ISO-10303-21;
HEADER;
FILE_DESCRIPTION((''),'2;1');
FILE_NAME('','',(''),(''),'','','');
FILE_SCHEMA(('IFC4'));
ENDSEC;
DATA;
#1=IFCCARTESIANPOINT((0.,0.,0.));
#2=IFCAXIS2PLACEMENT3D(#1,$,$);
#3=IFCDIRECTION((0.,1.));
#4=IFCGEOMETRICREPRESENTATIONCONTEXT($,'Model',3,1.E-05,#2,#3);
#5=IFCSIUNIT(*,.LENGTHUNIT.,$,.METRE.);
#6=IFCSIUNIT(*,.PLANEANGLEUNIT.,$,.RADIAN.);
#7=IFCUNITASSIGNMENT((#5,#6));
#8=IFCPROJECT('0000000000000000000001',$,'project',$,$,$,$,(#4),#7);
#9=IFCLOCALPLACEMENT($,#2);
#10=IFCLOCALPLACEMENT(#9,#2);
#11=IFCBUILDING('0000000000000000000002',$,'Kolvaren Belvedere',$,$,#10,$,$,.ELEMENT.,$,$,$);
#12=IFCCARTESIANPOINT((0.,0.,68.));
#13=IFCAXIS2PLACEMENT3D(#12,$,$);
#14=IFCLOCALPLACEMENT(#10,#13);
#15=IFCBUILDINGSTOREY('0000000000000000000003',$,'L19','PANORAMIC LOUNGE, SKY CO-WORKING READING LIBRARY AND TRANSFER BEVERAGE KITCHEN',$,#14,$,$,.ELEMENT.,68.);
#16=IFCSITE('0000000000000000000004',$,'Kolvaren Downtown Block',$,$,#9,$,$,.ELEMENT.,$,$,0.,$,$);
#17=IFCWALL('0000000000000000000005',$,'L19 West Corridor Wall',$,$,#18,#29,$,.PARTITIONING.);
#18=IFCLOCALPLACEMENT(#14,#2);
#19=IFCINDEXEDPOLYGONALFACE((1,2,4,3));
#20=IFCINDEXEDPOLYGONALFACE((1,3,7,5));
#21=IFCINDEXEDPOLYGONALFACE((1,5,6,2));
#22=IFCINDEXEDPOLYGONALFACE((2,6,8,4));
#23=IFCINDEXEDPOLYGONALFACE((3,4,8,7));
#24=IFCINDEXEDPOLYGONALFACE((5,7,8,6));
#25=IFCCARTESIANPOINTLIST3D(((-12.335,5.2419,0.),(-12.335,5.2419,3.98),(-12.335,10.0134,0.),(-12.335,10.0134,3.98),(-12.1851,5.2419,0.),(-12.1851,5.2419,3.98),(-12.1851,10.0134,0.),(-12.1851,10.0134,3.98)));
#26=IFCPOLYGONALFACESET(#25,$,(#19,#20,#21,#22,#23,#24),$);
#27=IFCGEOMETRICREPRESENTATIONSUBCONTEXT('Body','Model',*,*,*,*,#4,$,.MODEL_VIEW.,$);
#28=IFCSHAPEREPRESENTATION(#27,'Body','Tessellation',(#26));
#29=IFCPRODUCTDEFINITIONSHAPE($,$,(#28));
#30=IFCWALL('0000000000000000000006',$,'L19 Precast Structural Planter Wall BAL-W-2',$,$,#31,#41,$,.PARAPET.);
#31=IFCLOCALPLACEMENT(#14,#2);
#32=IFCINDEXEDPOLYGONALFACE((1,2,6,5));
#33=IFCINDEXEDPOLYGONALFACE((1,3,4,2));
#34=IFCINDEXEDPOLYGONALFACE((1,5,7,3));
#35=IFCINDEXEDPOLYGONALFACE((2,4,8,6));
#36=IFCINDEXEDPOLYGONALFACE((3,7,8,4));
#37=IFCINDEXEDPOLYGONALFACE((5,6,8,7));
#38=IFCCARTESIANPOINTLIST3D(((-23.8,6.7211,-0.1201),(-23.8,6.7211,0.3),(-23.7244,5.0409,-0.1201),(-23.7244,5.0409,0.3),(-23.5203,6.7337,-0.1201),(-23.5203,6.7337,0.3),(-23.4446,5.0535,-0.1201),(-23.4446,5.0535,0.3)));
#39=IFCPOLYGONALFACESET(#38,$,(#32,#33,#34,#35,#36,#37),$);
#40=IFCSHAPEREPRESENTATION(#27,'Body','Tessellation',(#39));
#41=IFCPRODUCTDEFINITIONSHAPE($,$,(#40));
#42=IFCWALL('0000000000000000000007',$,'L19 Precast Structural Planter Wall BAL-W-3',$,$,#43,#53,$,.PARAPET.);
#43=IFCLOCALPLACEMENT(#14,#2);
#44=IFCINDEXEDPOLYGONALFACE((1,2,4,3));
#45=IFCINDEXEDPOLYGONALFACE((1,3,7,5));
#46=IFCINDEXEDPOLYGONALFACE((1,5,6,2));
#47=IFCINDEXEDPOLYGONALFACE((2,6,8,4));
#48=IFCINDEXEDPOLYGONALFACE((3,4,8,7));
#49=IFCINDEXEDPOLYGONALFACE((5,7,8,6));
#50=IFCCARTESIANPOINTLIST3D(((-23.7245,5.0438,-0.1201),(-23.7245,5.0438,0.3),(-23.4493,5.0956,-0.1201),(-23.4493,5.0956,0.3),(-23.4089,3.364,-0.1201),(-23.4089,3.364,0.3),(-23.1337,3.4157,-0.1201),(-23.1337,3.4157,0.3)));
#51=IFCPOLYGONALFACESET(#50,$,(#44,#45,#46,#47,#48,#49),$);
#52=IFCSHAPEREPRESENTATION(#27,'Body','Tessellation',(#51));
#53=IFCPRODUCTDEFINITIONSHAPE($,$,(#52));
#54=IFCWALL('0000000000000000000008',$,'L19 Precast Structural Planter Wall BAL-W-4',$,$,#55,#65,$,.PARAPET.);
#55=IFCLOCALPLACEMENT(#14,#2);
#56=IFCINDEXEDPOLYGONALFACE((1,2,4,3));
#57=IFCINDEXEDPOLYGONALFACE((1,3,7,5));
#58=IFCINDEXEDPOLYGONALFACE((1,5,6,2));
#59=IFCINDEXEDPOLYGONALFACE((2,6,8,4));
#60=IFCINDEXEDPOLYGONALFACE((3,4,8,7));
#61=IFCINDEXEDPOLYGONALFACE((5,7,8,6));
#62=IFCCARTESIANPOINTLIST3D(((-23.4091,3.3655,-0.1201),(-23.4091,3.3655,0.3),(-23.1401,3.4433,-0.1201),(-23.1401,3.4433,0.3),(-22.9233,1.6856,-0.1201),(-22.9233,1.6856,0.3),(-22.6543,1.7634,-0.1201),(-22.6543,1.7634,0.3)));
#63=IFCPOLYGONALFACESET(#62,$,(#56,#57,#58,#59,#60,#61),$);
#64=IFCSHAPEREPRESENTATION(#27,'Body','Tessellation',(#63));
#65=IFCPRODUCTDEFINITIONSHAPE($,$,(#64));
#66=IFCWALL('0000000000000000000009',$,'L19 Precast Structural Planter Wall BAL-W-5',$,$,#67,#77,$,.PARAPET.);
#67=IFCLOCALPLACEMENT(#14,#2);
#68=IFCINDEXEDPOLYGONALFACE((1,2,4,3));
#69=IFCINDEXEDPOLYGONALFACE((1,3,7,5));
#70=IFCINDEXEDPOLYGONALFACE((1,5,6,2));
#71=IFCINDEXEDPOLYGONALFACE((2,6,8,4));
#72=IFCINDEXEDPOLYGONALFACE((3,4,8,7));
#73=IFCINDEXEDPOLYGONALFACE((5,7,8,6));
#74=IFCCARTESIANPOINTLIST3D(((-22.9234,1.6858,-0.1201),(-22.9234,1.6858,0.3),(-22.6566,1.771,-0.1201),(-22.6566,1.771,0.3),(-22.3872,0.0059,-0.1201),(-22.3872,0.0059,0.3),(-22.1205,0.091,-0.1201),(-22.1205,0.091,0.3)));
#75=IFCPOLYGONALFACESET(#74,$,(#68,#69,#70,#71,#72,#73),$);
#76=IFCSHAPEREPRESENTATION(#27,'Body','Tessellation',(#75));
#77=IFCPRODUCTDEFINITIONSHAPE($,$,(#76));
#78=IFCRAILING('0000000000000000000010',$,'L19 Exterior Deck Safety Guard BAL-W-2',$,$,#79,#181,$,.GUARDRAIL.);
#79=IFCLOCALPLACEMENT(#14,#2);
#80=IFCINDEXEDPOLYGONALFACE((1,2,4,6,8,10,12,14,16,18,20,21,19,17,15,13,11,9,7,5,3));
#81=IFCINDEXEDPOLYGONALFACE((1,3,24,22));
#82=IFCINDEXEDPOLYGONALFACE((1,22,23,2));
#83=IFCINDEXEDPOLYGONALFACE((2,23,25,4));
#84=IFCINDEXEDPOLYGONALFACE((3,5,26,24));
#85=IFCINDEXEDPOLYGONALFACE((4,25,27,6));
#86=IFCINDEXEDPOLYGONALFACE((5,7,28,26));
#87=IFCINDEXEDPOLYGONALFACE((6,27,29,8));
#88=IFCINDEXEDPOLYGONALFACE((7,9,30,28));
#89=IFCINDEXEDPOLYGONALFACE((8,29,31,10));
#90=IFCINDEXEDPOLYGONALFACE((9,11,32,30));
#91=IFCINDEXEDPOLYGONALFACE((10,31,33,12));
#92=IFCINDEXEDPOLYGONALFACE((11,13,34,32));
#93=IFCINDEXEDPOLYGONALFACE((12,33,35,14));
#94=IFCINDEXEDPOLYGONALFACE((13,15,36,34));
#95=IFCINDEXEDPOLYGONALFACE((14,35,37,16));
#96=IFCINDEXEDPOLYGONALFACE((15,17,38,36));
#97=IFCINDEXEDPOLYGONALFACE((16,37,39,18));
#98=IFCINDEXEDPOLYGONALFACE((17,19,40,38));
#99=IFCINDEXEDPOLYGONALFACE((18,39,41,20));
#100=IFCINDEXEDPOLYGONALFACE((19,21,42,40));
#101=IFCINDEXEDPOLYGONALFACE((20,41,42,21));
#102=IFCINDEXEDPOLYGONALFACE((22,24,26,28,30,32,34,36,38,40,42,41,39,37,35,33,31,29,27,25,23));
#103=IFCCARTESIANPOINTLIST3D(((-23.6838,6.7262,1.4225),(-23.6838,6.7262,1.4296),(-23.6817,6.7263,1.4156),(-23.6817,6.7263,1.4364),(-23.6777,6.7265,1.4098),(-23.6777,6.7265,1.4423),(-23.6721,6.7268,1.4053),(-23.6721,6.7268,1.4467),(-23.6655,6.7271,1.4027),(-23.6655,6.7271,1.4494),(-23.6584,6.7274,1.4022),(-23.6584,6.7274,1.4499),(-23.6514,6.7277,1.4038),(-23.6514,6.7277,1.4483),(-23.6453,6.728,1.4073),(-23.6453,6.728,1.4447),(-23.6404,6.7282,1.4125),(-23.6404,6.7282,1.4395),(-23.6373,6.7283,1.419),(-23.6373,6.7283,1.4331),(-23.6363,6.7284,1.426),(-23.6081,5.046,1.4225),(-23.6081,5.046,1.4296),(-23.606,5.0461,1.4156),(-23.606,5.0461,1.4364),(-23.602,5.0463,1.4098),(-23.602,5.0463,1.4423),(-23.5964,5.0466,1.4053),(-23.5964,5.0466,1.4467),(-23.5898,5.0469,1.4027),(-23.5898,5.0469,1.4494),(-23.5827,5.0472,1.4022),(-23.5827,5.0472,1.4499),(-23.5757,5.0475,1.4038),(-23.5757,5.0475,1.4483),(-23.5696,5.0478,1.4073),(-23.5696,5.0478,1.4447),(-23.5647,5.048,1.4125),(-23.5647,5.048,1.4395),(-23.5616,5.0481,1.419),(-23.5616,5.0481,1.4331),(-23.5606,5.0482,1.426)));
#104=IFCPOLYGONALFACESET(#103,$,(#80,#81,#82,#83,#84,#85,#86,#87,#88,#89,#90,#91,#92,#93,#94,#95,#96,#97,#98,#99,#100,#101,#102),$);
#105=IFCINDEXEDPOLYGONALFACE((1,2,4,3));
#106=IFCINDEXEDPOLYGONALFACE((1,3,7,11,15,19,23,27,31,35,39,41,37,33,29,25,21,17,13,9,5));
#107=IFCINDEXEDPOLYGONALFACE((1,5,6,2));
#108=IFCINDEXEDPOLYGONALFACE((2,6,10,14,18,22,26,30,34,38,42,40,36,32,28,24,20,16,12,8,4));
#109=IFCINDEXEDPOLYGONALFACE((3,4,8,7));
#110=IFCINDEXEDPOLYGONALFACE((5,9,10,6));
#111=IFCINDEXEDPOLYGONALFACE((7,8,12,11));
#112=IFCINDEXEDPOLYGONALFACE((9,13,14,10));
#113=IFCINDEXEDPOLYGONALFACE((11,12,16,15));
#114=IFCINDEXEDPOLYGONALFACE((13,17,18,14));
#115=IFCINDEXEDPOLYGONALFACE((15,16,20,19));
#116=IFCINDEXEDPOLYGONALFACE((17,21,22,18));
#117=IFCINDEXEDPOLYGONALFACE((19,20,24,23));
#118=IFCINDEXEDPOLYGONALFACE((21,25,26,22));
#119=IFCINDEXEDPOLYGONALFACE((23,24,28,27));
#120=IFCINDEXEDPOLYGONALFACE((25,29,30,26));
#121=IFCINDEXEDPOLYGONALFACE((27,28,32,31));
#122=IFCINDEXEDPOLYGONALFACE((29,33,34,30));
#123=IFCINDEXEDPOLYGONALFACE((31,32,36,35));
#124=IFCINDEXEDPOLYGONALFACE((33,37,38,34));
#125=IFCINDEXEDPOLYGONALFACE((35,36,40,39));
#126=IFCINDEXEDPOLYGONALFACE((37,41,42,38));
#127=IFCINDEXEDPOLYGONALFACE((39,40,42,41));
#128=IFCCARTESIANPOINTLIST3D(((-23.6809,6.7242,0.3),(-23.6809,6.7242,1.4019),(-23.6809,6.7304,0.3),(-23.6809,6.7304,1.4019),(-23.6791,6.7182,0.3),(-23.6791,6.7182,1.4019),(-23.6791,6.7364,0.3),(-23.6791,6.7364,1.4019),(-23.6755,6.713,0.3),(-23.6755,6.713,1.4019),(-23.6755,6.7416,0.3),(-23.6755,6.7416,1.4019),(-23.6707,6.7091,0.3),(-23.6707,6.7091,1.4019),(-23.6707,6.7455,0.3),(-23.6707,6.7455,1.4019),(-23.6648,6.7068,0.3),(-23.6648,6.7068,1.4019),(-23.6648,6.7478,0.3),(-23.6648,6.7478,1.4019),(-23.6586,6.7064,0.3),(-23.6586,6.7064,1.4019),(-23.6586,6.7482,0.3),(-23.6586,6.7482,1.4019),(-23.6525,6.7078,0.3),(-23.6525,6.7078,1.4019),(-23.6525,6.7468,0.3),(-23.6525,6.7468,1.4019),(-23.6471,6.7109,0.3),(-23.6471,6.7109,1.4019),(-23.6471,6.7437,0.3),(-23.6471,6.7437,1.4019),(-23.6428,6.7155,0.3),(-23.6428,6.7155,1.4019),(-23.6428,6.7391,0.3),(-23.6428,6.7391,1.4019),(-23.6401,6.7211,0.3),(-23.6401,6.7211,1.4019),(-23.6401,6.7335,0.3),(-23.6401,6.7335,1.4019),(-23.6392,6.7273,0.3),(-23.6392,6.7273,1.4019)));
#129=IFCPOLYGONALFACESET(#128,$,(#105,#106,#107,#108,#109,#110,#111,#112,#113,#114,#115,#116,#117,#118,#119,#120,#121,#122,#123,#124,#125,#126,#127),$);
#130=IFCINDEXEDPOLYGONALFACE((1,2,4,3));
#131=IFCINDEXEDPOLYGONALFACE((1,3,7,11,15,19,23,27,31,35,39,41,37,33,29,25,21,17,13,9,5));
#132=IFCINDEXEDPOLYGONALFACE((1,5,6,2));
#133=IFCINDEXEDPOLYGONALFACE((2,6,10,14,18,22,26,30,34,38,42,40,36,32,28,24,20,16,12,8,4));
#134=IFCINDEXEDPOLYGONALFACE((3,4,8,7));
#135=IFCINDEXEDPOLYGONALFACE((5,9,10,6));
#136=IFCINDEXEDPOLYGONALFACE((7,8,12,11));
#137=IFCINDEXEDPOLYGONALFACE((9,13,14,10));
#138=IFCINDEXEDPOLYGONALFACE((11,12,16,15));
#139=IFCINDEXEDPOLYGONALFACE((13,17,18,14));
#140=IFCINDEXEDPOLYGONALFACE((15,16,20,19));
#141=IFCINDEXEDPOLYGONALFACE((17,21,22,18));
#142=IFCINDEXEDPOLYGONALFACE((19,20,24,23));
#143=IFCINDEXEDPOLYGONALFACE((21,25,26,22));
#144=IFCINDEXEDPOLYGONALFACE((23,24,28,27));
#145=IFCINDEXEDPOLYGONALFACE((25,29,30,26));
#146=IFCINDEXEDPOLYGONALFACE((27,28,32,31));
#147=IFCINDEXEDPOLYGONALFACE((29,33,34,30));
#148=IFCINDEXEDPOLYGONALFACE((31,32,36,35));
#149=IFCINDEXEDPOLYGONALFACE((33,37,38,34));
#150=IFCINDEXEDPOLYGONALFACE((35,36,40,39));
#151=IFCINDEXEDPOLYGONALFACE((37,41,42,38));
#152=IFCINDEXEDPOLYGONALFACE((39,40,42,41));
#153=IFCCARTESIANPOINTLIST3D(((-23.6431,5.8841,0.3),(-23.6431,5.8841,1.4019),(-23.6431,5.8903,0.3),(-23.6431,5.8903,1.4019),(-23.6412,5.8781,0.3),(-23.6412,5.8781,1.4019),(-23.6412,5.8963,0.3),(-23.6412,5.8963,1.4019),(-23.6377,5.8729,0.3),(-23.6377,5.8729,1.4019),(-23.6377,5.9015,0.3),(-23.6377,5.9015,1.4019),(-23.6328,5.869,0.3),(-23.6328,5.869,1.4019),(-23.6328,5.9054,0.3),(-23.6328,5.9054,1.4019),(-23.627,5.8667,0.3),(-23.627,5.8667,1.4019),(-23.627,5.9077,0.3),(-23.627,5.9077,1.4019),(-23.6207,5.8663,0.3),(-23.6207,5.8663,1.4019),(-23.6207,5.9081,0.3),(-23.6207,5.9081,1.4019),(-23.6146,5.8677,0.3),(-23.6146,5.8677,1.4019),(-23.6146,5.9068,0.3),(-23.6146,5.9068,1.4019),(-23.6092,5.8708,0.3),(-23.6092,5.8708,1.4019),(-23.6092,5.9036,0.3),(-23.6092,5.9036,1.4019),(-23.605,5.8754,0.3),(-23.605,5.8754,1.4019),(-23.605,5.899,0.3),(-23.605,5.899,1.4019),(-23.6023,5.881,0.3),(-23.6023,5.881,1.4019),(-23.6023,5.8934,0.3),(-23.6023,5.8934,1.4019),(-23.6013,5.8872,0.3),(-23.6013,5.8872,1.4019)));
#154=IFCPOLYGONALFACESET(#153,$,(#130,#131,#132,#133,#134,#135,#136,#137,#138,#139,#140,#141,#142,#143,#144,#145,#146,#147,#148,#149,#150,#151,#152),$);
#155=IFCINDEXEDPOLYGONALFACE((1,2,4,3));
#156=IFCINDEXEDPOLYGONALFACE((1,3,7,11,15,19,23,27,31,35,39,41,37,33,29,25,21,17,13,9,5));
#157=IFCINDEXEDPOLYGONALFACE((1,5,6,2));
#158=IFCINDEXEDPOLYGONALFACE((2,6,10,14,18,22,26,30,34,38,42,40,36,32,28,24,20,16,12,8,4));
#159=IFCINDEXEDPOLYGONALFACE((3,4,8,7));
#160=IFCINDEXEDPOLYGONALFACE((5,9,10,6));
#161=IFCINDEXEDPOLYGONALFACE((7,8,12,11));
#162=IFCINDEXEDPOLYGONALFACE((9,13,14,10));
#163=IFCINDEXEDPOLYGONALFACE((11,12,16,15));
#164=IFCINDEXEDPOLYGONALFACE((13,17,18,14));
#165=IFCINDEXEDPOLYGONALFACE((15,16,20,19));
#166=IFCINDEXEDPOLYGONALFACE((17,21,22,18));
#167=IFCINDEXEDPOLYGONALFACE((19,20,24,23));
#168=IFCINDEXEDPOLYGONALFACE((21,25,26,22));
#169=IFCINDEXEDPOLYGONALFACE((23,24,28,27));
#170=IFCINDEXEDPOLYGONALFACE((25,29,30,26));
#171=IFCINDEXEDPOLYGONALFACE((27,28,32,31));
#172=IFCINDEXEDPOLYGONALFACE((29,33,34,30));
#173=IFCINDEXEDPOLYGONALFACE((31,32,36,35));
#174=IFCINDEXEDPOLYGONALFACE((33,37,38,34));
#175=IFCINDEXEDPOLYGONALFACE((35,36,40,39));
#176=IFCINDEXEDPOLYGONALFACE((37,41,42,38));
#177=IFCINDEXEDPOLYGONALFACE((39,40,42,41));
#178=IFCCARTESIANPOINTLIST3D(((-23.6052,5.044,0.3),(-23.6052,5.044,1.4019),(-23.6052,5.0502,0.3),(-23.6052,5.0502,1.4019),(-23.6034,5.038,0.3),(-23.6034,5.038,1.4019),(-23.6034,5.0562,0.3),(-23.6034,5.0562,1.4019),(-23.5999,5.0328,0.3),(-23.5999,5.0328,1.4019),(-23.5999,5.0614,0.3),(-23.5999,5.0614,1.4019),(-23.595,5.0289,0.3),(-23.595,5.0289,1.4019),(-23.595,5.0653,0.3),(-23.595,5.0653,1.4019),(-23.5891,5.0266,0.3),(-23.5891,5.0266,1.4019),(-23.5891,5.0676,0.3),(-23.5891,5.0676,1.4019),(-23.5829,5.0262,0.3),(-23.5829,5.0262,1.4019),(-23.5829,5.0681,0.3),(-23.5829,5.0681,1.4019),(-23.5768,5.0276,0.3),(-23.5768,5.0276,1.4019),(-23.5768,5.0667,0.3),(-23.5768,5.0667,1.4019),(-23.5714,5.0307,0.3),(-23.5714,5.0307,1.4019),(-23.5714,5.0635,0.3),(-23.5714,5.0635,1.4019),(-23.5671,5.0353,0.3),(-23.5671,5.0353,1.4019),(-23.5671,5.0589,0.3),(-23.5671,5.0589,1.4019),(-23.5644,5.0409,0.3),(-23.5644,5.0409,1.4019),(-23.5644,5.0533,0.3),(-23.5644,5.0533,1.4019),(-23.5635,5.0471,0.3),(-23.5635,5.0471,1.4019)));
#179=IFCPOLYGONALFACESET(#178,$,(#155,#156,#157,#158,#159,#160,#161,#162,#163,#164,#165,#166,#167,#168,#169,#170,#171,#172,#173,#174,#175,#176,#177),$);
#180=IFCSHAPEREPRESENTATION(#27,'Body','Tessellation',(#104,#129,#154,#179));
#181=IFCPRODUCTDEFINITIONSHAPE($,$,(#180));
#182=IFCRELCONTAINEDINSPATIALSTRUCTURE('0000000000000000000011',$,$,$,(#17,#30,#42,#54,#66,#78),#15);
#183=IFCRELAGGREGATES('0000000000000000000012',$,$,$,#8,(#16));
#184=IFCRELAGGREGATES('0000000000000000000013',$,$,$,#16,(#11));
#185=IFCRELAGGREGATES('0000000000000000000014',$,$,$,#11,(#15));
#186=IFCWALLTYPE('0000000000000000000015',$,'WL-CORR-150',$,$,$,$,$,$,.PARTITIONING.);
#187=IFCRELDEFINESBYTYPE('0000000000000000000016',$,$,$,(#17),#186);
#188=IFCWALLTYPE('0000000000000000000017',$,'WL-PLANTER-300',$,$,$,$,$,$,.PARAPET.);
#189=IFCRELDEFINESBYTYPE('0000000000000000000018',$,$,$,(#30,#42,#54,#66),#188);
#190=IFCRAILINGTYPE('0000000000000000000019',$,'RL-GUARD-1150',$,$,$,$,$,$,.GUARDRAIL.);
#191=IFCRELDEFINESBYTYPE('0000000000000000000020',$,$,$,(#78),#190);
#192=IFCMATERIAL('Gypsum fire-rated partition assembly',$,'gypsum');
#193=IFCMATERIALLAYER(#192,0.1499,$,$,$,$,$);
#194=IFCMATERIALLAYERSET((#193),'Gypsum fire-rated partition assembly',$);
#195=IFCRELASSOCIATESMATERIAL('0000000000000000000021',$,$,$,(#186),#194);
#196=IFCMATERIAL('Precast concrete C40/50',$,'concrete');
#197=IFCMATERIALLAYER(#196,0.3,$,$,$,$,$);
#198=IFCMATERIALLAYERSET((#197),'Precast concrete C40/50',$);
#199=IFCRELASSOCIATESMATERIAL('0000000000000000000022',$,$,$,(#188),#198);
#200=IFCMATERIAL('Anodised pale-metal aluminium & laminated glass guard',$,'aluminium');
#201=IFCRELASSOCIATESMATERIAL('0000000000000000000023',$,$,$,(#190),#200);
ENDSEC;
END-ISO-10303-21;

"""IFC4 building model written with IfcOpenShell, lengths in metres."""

from ifc_helpers import new_model, si_unit, direction, frame, frame_2d, origin, origin_2d, place, context, subcontext, project, spatial, rectangle, circle, extrude, material, layer, layer_set, type_object, element, save


model = new_model("IFC4")

# Units and contexts
model_context = context("Model", 3, precision=1e-05, world=origin(), true_north=direction((0.0, 1.0)))
body_context = subcontext(model_context, "Body", "Model", "MODEL_VIEW")
ifc_project = project(units=[si_unit("LENGTHUNIT", "METRE"), si_unit("PLANEANGLEUNIT", "RADIAN")], contexts=[model_context])

# Site, building, storey
site_placement = place(None, origin())
site = spatial("IfcSite", under=ifc_project, at=site_placement, Name="Kolvaren Downtown Block", CompositionType="ELEMENT", RefElevation=0.0)
building_placement = place(site_placement, origin())
building = spatial("IfcBuilding", under=site, at=building_placement, Name="Kolvaren Belvedere", CompositionType="ELEMENT")
storey_placement = place(building_placement, frame((0.0, 0.0, 68.0)))
storey = spatial("IfcBuildingStorey", under=building, at=storey_placement, Name="L19", Description="PANORAMIC LOUNGE, SKY CO-WORKING READING LIBRARY AND TRANSFER BEVERAGE KITCHEN", CompositionType="ELEMENT", Elevation=68.0)

# Walls
ifc_material_1 = material(Name="Gypsum fire-rated partition assembly", Category="gypsum")
ifc_layer_1 = layer(ifc_material_1, 0.1499)
ifc_layer_set_1 = layer_set([ifc_layer_1], Name="Gypsum fire-rated partition assembly")
wall_type_1 = type_object("IfcWallType", Name="WL-CORR-150", PredefinedType="PARTITIONING", material=ifc_layer_set_1)
wall_1_placement = place(storey_placement, frame((-12.26, 5.2419, 0.0), z_axis=(0.0, 0.0, 1.0), x_axis=(0.0, 1.0, 0.0)))
element("IfcWall", 1, at=wall_1_placement, inside=storey, type_object=wall_type_1, Name="L19 West Corridor Wall", PredefinedType="PARTITIONING", context=body_context, shape_type="SweptSolid", body=[
    extrude(rectangle(XDim=4.7715, YDim=0.1499, at=frame_2d((2.3857, 0.0))), origin(), (0.0, 0.0, 1.0), 3.98),
])
ifc_material_2 = material(Name="Precast concrete C40/50", Category="concrete")
ifc_layer_2 = layer(ifc_material_2, 0.3)
ifc_layer_set_2 = layer_set([ifc_layer_2], Name="Precast concrete C40/50")
wall_type_2 = type_object("IfcWallType", Name="WL-PLANTER-300", PredefinedType="PARAPET", material=ifc_layer_set_2)
wall_2_placement = place(storey_placement, frame((-23.6602, 6.7273, -0.1201), z_axis=(0.0, 0.0, 1.0), x_axis=(0.044999, -0.998987, 0.0)))
element("IfcWall", 2, at=wall_2_placement, inside=storey, type_object=wall_type_2, Name="L19 Precast Structural Planter Wall BAL-W-2", PredefinedType="PARAPET", context=body_context, shape_type="SweptSolid", body=[
    extrude(rectangle(XDim=1.6819, YDim=0.28, at=frame_2d((0.8408, 0.0))), origin(), (0.0, 0.0, 1.0), 0.4202),
])
wall_3_placement = place(storey_placement, frame((-23.5869, 5.0696, -0.1201), z_axis=(0.0, 0.0, 1.0), x_axis=(0.184677, -0.982799, 0.0)))
element("IfcWall", 3, at=wall_3_placement, inside=storey, type_object=wall_type_2, Name="L19 Precast Structural Planter Wall BAL-W-3", PredefinedType="PARAPET", context=body_context, shape_type="SweptSolid", body=[
    extrude(rectangle(XDim=1.7092, YDim=0.28, at=frame_2d((0.8545, 0.0))), origin(), (0.0, 0.0, 1.0), 0.4202),
])
wall_4_placement = place(storey_placement, frame((-23.2747, 3.4045, -0.1201), z_axis=(0.0, 0.0, 1.0), x_axis=(0.277817, -0.960634, 0.0)))
element("IfcWall", 4, at=wall_4_placement, inside=storey, type_object=wall_type_2, Name="L19 Precast Structural Planter Wall BAL-W-4", PredefinedType="PARAPET", context=body_context, shape_type="SweptSolid", body=[
    extrude(rectangle(XDim=1.7488, YDim=0.28, at=frame_2d((0.8745, 0.0))), origin(), (0.0, 0.0, 1.0), 0.4202),
])
wall_5_placement = place(storey_placement, frame((-22.79, 1.7285, -0.1201), z_axis=(0.0, 0.0, 1.0), x_axis=(0.304032, -0.952662, 0.0)))
element("IfcWall", 5, at=wall_5_placement, inside=storey, type_object=wall_type_2, Name="L19 Precast Structural Planter Wall BAL-W-5", PredefinedType="PARAPET", context=body_context, shape_type="SweptSolid", body=[
    extrude(rectangle(XDim=1.7634, YDim=0.28, at=frame_2d((0.8818, 0.0))), origin(), (0.0, 0.0, 1.0), 0.4202),
])

# Railing
ifc_material_3 = material(Name="Anodised pale-metal aluminium & laminated glass guard", Category="aluminium")
railing_type = type_object("IfcRailingType", Name="RL-GUARD-1150", PredefinedType="GUARDRAIL", material=ifc_material_3)
railing_1_placement = place(storey_placement, frame((-23.6602, 6.7273, 0.3)))
element("IfcRailing", 6, at=railing_1_placement, inside=storey, type_object=railing_type, Name="L19 Exterior Deck Safety Guard BAL-W-2", PredefinedType="GUARDRAIL", context=body_context, shape_type="SweptSolid", body=[
    extrude(circle(Radius=0.0239, at=origin_2d()), frame((0.0, 0.0, 1.126), z_axis=(0.044999, -0.998987, 0.0), x_axis=(0.998987, 0.044999, 0.0)), (0.0, 0.0, 1.0), 1.6819),
    extrude(circle(Radius=0.021, at=origin_2d()), origin(), (0.0, 0.0, 1.0), 1.1018),
    extrude(circle(Radius=0.021, at=origin_2d()), frame((0.0378, -0.8401, 0.0)), (0.0, 0.0, 1.0), 1.1018),
    extrude(circle(Radius=0.021, at=origin_2d()), frame((0.0757, -1.6802, 0.0)), (0.0, 0.0, 1.0), 1.1018),
])

save(model, "model.ifc")
